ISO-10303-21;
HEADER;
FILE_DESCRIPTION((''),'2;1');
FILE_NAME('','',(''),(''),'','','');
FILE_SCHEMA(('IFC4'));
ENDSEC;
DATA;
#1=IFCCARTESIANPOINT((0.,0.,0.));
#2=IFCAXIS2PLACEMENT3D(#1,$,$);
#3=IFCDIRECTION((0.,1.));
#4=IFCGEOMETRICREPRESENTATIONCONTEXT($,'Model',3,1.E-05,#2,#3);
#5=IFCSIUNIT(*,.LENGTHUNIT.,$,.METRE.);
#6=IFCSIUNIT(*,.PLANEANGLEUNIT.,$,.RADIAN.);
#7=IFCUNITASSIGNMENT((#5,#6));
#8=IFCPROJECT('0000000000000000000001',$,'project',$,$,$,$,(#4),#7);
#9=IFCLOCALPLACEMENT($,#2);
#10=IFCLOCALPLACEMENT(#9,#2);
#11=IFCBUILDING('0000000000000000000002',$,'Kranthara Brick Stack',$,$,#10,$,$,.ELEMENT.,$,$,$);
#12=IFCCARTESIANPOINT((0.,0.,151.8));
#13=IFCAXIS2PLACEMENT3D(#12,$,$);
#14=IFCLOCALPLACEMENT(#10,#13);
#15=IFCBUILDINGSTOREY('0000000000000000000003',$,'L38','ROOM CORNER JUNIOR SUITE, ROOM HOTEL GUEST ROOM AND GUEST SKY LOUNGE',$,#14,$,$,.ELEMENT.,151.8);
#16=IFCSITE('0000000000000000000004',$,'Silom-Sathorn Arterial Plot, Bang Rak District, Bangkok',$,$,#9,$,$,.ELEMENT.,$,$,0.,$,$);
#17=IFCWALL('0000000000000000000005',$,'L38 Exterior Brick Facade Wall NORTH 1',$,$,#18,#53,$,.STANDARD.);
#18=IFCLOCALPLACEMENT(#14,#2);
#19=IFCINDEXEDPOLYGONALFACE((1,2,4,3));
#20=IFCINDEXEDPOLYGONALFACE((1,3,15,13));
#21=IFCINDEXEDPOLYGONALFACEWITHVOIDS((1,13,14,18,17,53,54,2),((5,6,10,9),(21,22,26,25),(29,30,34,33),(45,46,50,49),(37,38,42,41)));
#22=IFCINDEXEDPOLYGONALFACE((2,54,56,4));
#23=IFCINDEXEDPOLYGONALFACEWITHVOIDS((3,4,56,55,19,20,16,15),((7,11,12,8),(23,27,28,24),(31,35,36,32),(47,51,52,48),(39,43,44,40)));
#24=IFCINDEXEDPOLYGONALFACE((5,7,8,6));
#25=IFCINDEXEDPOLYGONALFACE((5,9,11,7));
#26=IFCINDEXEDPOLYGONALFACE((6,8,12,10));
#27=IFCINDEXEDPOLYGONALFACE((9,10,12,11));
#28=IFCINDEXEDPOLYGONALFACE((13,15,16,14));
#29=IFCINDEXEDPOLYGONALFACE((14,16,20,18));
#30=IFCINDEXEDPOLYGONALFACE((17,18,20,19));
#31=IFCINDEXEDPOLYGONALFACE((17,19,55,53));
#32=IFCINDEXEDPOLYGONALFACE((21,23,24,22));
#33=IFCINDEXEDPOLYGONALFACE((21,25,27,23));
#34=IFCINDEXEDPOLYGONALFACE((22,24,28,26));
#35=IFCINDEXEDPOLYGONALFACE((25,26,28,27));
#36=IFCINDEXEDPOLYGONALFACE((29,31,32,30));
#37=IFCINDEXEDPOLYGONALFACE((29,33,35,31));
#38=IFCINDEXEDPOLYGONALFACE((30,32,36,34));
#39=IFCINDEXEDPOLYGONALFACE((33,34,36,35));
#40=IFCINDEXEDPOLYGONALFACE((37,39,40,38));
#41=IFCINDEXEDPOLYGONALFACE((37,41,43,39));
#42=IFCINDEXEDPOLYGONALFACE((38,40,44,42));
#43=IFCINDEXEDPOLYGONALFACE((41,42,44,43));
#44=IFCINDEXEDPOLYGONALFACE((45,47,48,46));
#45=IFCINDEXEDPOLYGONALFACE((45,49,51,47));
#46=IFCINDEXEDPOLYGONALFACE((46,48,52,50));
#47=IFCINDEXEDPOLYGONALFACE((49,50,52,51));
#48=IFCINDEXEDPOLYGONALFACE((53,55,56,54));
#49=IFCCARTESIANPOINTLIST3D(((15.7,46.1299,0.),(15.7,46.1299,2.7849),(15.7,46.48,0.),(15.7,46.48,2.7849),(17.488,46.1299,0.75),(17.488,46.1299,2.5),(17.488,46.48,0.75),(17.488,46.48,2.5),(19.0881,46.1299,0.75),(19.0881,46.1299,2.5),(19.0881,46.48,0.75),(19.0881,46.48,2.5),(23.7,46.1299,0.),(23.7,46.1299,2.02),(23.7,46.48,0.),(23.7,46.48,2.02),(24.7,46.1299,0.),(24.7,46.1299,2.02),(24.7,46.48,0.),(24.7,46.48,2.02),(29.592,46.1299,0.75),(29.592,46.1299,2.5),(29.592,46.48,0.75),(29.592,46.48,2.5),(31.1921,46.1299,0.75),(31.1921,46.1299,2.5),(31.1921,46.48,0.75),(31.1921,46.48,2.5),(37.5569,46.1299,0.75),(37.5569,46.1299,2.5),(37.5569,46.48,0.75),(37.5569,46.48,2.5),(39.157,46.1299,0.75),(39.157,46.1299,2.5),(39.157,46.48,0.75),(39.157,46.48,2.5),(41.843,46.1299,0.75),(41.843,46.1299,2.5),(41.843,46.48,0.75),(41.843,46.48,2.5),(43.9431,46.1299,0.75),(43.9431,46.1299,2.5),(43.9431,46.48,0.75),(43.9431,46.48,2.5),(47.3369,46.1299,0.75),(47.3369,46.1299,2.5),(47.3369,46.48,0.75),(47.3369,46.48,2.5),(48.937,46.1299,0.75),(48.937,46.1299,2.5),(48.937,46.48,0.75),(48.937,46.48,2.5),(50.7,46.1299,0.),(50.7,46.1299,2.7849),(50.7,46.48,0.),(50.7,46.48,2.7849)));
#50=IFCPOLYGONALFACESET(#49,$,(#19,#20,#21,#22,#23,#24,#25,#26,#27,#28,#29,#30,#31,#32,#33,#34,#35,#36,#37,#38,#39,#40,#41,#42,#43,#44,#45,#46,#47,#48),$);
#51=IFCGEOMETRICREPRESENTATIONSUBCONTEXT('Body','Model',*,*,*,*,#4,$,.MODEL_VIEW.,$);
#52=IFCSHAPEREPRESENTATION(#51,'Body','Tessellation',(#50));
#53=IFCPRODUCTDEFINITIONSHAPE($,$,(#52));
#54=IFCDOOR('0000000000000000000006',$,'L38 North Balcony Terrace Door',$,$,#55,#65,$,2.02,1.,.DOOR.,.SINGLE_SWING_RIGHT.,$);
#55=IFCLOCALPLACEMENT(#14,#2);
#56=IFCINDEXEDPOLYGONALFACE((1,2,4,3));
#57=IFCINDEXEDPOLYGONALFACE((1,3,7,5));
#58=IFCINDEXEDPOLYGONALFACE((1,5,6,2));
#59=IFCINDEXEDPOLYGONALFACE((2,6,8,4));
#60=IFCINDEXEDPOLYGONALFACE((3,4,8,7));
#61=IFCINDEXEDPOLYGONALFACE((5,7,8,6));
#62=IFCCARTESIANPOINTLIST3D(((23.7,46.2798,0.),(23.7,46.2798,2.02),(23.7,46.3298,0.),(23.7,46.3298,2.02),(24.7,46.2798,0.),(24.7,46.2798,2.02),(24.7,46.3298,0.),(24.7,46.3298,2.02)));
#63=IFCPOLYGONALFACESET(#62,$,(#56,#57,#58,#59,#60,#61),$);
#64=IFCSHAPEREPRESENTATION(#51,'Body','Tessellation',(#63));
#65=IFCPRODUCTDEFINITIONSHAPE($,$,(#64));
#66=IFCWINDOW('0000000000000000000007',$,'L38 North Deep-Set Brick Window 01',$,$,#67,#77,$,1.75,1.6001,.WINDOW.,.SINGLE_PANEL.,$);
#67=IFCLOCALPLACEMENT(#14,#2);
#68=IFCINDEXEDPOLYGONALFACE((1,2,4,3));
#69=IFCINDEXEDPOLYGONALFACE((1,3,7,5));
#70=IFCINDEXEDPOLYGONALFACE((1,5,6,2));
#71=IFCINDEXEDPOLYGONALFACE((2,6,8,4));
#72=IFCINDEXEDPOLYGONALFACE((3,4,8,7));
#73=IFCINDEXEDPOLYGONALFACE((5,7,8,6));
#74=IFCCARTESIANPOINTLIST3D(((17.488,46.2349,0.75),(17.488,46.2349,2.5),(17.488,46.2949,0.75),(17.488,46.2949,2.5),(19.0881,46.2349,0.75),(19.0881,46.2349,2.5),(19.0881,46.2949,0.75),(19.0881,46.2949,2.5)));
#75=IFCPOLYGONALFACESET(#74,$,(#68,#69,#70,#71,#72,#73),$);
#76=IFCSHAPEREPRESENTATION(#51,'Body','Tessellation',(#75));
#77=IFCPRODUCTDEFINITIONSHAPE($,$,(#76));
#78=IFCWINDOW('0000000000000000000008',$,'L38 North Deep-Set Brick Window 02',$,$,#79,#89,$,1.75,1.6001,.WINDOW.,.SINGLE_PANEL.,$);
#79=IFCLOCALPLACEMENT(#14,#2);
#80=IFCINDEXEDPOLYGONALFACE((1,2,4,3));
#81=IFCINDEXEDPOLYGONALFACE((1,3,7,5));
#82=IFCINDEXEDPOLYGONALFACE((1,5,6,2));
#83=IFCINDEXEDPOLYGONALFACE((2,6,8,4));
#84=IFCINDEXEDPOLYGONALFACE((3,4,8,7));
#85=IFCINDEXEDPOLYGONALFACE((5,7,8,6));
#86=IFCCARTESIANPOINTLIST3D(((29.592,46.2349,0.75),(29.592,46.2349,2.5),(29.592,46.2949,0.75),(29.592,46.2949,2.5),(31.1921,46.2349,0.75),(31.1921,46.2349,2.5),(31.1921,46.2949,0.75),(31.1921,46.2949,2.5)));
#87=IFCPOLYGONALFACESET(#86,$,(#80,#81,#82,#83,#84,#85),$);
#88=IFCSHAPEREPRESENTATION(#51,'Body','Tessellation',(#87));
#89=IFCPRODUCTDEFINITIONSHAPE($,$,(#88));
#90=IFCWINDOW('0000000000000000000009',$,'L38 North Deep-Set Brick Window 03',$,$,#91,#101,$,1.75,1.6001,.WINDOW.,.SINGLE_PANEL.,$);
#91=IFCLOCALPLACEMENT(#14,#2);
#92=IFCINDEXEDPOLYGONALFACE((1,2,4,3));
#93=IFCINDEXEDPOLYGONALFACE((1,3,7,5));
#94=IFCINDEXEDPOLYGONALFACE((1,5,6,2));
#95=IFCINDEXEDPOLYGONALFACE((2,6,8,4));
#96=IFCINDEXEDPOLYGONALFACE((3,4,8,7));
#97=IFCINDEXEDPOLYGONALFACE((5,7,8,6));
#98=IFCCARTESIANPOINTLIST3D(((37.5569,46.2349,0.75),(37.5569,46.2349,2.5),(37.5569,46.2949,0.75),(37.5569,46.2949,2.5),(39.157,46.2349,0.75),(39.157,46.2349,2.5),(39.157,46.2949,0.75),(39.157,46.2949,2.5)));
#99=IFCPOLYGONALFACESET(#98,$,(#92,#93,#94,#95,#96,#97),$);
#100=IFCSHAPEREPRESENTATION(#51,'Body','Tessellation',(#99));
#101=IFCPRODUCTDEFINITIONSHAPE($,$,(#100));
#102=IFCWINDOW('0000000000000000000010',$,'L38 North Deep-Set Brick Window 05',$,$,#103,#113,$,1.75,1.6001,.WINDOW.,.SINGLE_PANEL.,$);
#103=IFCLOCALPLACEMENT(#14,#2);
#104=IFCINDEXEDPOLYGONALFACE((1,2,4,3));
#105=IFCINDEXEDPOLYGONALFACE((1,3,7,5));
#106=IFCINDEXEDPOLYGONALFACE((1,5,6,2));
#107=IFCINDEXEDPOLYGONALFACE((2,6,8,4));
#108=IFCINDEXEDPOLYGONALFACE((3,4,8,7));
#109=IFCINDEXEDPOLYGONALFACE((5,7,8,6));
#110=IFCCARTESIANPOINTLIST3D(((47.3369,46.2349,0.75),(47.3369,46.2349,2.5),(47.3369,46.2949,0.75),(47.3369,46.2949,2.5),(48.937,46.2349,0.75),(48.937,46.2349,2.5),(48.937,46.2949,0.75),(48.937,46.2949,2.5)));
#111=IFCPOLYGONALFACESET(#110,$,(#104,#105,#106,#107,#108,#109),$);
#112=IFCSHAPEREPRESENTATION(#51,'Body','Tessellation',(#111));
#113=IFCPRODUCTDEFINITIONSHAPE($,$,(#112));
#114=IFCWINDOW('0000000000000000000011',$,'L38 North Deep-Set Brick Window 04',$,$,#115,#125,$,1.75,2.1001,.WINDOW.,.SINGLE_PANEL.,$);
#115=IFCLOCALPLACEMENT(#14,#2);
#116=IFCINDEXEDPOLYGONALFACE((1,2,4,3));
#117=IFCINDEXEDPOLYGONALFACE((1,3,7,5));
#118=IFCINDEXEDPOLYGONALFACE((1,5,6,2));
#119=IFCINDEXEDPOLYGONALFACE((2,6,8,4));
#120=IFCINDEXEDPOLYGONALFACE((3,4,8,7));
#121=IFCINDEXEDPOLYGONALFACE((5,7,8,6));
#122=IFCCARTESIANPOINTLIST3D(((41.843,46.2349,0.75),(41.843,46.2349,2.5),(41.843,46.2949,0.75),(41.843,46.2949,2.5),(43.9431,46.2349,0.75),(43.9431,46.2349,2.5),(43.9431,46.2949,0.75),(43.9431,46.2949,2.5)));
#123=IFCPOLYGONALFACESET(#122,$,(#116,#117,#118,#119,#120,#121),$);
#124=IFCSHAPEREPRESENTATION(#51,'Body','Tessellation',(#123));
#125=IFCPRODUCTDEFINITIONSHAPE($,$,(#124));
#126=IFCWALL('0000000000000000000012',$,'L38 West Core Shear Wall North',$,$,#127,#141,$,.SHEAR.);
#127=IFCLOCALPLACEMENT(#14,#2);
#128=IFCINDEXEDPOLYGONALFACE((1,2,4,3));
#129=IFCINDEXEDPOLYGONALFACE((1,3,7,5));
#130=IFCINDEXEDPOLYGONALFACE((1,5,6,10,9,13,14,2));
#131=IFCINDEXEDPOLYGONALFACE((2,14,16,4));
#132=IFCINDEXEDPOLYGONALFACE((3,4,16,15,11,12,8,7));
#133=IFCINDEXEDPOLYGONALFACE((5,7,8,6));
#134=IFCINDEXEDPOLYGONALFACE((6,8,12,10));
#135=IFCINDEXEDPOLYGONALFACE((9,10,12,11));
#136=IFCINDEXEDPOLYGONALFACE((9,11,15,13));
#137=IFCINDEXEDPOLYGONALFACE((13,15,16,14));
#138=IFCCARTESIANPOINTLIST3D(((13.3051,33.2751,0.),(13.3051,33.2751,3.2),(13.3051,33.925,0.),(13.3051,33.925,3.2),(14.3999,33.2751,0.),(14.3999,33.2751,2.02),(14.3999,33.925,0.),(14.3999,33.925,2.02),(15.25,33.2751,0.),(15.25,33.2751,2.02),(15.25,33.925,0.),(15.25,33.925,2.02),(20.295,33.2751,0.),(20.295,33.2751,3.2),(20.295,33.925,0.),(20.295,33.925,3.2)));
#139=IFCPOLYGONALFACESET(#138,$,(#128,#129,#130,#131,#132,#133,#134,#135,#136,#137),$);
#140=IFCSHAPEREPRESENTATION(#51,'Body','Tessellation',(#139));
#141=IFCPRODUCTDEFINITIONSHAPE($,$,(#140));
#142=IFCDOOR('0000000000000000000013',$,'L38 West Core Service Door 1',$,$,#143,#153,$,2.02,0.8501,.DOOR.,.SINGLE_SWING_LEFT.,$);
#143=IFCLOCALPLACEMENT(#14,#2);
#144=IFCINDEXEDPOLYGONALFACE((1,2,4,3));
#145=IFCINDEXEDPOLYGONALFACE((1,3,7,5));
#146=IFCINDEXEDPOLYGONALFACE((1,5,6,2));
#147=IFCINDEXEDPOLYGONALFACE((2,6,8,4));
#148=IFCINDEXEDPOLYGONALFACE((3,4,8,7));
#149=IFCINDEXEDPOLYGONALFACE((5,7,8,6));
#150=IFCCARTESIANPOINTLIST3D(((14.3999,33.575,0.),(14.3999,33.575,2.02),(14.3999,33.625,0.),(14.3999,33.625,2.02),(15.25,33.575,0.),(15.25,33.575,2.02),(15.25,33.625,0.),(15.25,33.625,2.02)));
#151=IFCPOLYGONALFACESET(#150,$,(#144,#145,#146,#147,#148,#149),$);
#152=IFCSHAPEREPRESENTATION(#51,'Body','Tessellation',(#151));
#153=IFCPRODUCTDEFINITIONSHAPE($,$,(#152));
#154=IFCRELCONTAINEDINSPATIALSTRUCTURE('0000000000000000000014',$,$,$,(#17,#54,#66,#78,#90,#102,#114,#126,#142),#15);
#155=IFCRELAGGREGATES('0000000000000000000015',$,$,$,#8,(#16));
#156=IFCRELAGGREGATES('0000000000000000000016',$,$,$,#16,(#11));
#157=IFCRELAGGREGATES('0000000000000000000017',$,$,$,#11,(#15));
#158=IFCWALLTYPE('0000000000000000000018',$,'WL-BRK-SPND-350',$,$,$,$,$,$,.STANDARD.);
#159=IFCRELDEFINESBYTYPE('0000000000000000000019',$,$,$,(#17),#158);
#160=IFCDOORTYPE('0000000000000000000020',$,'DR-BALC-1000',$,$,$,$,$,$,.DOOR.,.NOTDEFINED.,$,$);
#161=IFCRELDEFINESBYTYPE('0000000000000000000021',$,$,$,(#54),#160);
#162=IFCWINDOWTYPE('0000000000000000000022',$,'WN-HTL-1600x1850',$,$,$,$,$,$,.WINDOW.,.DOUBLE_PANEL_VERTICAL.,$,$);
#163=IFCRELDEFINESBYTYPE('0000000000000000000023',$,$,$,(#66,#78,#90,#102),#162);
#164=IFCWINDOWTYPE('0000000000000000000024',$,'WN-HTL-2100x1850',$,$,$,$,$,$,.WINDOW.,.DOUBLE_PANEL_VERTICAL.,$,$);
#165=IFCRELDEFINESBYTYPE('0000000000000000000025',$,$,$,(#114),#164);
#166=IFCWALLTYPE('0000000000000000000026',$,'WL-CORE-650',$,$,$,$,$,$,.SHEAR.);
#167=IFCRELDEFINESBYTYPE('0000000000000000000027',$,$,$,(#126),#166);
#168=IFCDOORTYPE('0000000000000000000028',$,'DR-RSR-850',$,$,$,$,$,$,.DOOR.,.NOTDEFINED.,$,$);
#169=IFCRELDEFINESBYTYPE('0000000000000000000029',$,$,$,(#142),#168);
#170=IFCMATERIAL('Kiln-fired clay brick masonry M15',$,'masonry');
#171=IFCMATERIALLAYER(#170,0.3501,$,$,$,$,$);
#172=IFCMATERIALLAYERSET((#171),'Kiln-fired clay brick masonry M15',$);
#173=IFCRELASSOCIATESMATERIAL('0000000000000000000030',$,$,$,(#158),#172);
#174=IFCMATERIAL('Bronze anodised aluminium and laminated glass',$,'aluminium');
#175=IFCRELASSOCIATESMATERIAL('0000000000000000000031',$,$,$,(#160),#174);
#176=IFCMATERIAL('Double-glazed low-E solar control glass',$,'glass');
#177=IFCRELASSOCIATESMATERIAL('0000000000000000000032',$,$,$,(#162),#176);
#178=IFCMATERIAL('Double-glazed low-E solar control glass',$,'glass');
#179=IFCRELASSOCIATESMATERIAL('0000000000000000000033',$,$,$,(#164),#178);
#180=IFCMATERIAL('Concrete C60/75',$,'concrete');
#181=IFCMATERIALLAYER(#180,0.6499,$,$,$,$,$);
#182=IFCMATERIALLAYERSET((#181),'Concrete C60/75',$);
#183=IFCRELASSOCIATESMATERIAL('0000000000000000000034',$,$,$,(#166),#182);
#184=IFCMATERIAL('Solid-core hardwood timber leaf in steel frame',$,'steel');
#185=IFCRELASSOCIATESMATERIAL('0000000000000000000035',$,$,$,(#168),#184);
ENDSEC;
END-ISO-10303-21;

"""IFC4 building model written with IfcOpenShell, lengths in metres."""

from ifc_helpers import new_model, si_unit, direction, frame, frame_2d, origin, place, context, subcontext, project, spatial, rectangle, extrude, material, layer, layer_set, type_object, element, fill, save


model = new_model("IFC4")

# Units and contexts
model_context = context("Model", 3, precision=1e-05, world=origin(), true_north=direction((0.0, 1.0)))
body_context = subcontext(model_context, "Body", "Model", "MODEL_VIEW")
ifc_project = project(units=[si_unit("LENGTHUNIT", "METRE"), si_unit("PLANEANGLEUNIT", "RADIAN")], contexts=[model_context])

# Site, building, storey
site_placement = place(None, origin())
site = spatial("IfcSite", under=ifc_project, at=site_placement, Name="Silom-Sathorn Arterial Plot, Bang Rak District, Bangkok", CompositionType="ELEMENT", RefElevation=0.0)
building_placement = place(site_placement, origin())
building = spatial("IfcBuilding", under=site, at=building_placement, Name="Kranthara Brick Stack", CompositionType="ELEMENT")
storey_placement = place(building_placement, frame((0.0, 0.0, 151.8)))
storey = spatial("IfcBuildingStorey", under=building, at=storey_placement, Name="L38", Description="ROOM CORNER JUNIOR SUITE, ROOM HOTEL GUEST ROOM AND GUEST SKY LOUNGE", CompositionType="ELEMENT", Elevation=151.8)

# Shared definitions
ifc_material_1 = material(Name="Kiln-fired clay brick masonry M15", Category="masonry")
ifc_layer_1 = layer(ifc_material_1, 0.3501)
ifc_layer_set_1 = layer_set([ifc_layer_1], Name="Kiln-fired clay brick masonry M15")
wall_type_1 = type_object("IfcWallType", Name="WL-BRK-SPND-350", PredefinedType="STANDARD", material=ifc_layer_set_1)

# Wall, openings, door, windows
wall_1_placement = place(storey_placement, frame((15.7, 46.3049, 0.0), z_axis=(0.0, 0.0, 1.0), x_axis=(1.0, 0.0, 0.0)))
wall_1 = element("IfcWall", 1, at=wall_1_placement, inside=storey, type_object=wall_type_1, Name="L38 Exterior Brick Facade Wall NORTH 1", PredefinedType="STANDARD", context=body_context, shape_type="SweptSolid", body=[
    extrude(rectangle(XDim=35.0, YDim=0.3501, at=frame_2d((17.5, 0.0))), origin(), (0.0, 0.0, 1.0), 2.7849),
])
opening_1_placement = place(wall_1_placement, frame((8.0, 0.0, 0.0)))
opening_1 = element("IfcOpeningElement", 2, at=opening_1_placement, cuts=wall_1, PredefinedType="OPENING", context=body_context, shape_type="SweptSolid", body=[
    extrude(rectangle(XDim=1.0, YDim=2.02, at=frame_2d((0.5, 1.01))), frame((0.0, 0.1851, 0.0), z_axis=(0.0, -1.0, 0.0), x_axis=(1.0, 0.0, 0.0)), (0.0, 0.0, 1.0), 0.3701),
])
opening_2_placement = place(wall_1_placement, frame((1.7881, 0.0, 0.75)))
opening_2 = element("IfcOpeningElement", 3, at=opening_2_placement, cuts=wall_1, PredefinedType="OPENING", context=body_context, shape_type="SweptSolid", body=[
    extrude(rectangle(XDim=1.6001, YDim=1.75, at=frame_2d((0.8, 0.875))), frame((0.0, 0.1851, 0.0), z_axis=(0.0, -1.0, 0.0), x_axis=(1.0, 0.0, 0.0)), (0.0, 0.0, 1.0), 0.3701),
])
opening_3_placement = place(wall_1_placement, frame((13.8921, 0.0, 0.75)))
opening_3 = element("IfcOpeningElement", 4, at=opening_3_placement, cuts=wall_1, PredefinedType="OPENING", context=body_context, shape_type="SweptSolid", body=[
    extrude(rectangle(XDim=1.6001, YDim=1.75, at=frame_2d((0.8, 0.875))), frame((0.0, 0.1851, 0.0), z_axis=(0.0, -1.0, 0.0), x_axis=(1.0, 0.0, 0.0)), (0.0, 0.0, 1.0), 0.3701),
])
opening_4_placement = place(wall_1_placement, frame((21.8569, 0.0, 0.75)))
opening_4 = element("IfcOpeningElement", 5, at=opening_4_placement, cuts=wall_1, PredefinedType="OPENING", context=body_context, shape_type="SweptSolid", body=[
    extrude(rectangle(XDim=1.6001, YDim=1.75, at=frame_2d((0.8, 0.875))), frame((0.0, 0.1851, 0.0), z_axis=(0.0, -1.0, 0.0), x_axis=(1.0, 0.0, 0.0)), (0.0, 0.0, 1.0), 0.3701),
])
opening_5_placement = place(wall_1_placement, frame((26.1431, 0.0, 0.75)))
opening_5 = element("IfcOpeningElement", 6, at=opening_5_placement, cuts=wall_1, PredefinedType="OPENING", context=body_context, shape_type="SweptSolid", body=[
    extrude(rectangle(XDim=2.1001, YDim=1.75, at=frame_2d((1.05, 0.875))), frame((0.0, 0.1851, 0.0), z_axis=(0.0, -1.0, 0.0), x_axis=(1.0, 0.0, 0.0)), (0.0, 0.0, 1.0), 0.3701),
])
opening_6_placement = place(wall_1_placement, frame((31.637, 0.0, 0.75)))
opening_6 = element("IfcOpeningElement", 7, at=opening_6_placement, cuts=wall_1, PredefinedType="OPENING", context=body_context, shape_type="SweptSolid", body=[
    extrude(rectangle(XDim=1.6001, YDim=1.75, at=frame_2d((0.8, 0.875))), frame((0.0, 0.1851, 0.0), z_axis=(0.0, -1.0, 0.0), x_axis=(1.0, 0.0, 0.0)), (0.0, 0.0, 1.0), 0.3701),
])
ifc_material_2 = material(Name="Bronze anodised aluminium and laminated glass", Category="aluminium")
door_type_1 = type_object("IfcDoorType", Name="DR-BALC-1000", OperationType="NOTDEFINED", PredefinedType="DOOR", material=ifc_material_2)
door_1_placement = place(opening_1_placement, origin())
door_1 = element("IfcDoor", 8, at=door_1_placement, inside=storey, type_object=door_type_1, Name="L38 North Balcony Terrace Door", OperationType="SINGLE_SWING_RIGHT", OverallHeight=2.02, OverallWidth=1.0, PredefinedType="DOOR", context=body_context, shape_type="SweptSolid", body=[
    extrude(rectangle(XDim=1.0, YDim=2.02, at=frame_2d((0.5, 1.01))), frame((0.0, 0.0249, 0.0), z_axis=(0.0, -1.0, 0.0), x_axis=(1.0, 0.0, 0.0)), (0.0, 0.0, 1.0), 0.05),
])
fill(opening_1, door_1)
ifc_material_3 = material(Name="Double-glazed low-E solar control glass", Category="glass")
window_type_1 = type_object("IfcWindowType", Name="WN-HTL-1600x1850", PartitioningType="DOUBLE_PANEL_VERTICAL", PredefinedType="WINDOW", material=ifc_material_3)
window_1_placement = place(opening_2_placement, origin())
window_1 = element("IfcWindow", 9, at=window_1_placement, inside=storey, type_object=window_type_1, Name="L38 North Deep-Set Brick Window 01", OverallHeight=1.75, OverallWidth=1.6001, PartitioningType="SINGLE_PANEL", PredefinedType="WINDOW", context=body_context, shape_type="SweptSolid", body=[
    extrude(rectangle(XDim=1.6001, YDim=1.75, at=frame_2d((0.8, 0.875))), frame((0.0, -0.01, 0.0), z_axis=(0.0, -1.0, 0.0), x_axis=(1.0, 0.0, 0.0)), (0.0, 0.0, 1.0), 0.0601),
])
fill(opening_2, window_1)
window_2_placement = place(opening_3_placement, origin())
window_2 = element("IfcWindow", 10, at=window_2_placement, inside=storey, type_object=window_type_1, Name="L38 North Deep-Set Brick Window 02", OverallHeight=1.75, OverallWidth=1.6001, PartitioningType="SINGLE_PANEL", PredefinedType="WINDOW", context=body_context, shape_type="SweptSolid", body=[
    extrude(rectangle(XDim=1.6001, YDim=1.75, at=frame_2d((0.8, 0.875))), frame((0.0, -0.01, 0.0), z_axis=(0.0, -1.0, 0.0), x_axis=(1.0, 0.0, 0.0)), (0.0, 0.0, 1.0), 0.0601),
])
fill(opening_3, window_2)
window_3_placement = place(opening_4_placement, origin())
window_3 = element("IfcWindow", 11, at=window_3_placement, inside=storey, type_object=window_type_1, Name="L38 North Deep-Set Brick Window 03", OverallHeight=1.75, OverallWidth=1.6001, PartitioningType="SINGLE_PANEL", PredefinedType="WINDOW", context=body_context, shape_type="SweptSolid", body=[
    extrude(rectangle(XDim=1.6001, YDim=1.75, at=frame_2d((0.8, 0.875))), frame((0.0, -0.01, 0.0), z_axis=(0.0, -1.0, 0.0), x_axis=(1.0, 0.0, 0.0)), (0.0, 0.0, 1.0), 0.0601),
])
fill(opening_4, window_3)
window_4_placement = place(opening_6_placement, origin())
window_4 = element("IfcWindow", 12, at=window_4_placement, inside=storey, type_object=window_type_1, Name="L38 North Deep-Set Brick Window 05", OverallHeight=1.75, OverallWidth=1.6001, PartitioningType="SINGLE_PANEL", PredefinedType="WINDOW", context=body_context, shape_type="SweptSolid", body=[
    extrude(rectangle(XDim=1.6001, YDim=1.75, at=frame_2d((0.8, 0.875))), frame((0.0, -0.01, 0.0), z_axis=(0.0, -1.0, 0.0), x_axis=(1.0, 0.0, 0.0)), (0.0, 0.0, 1.0), 0.0601),
])
fill(opening_6, window_4)
ifc_material_4 = material(Name="Double-glazed low-E solar control glass", Category="glass")
window_type_2 = type_object("IfcWindowType", Name="WN-HTL-2100x1850", PartitioningType="DOUBLE_PANEL_VERTICAL", PredefinedType="WINDOW", material=ifc_material_4)
window_5_placement = place(opening_5_placement, origin())
window_5 = element("IfcWindow", 13, at=window_5_placement, inside=storey, type_object=window_type_2, Name="L38 North Deep-Set Brick Window 04", OverallHeight=1.75, OverallWidth=2.1001, PartitioningType="SINGLE_PANEL", PredefinedType="WINDOW", context=body_context, shape_type="SweptSolid", body=[
    extrude(rectangle(XDim=2.1001, YDim=1.75, at=frame_2d((1.05, 0.875))), frame((0.0, -0.01, 0.0), z_axis=(0.0, -1.0, 0.0), x_axis=(1.0, 0.0, 0.0)), (0.0, 0.0, 1.0), 0.0601),
])
fill(opening_5, window_5)

# Wall, opening, door
ifc_material_5 = material(Name="Concrete C60/75", Category="concrete")
ifc_layer_2 = layer(ifc_material_5, 0.6499)
ifc_layer_set_2 = layer_set([ifc_layer_2], Name="Concrete C60/75")
wall_type_2 = type_object("IfcWallType", Name="WL-CORE-650", PredefinedType="SHEAR", material=ifc_layer_set_2)
wall_2_placement = place(storey_placement, frame((13.3049, 33.6001, 0.0), z_axis=(0.0, 0.0, 1.0), x_axis=(1.0, 0.0, 0.0)))
wall_2 = element("IfcWall", 14, at=wall_2_placement, inside=storey, type_object=wall_type_2, Name="L38 West Core Shear Wall North", PredefinedType="SHEAR", context=body_context, shape_type="SweptSolid", body=[
    extrude(rectangle(XDim=6.99, YDim=0.6499, at=frame_2d((3.4951, 0.0))), origin(), (0.0, 0.0, 1.0), 3.2),
])
opening_7_placement = place(wall_2_placement, frame((1.095, 0.0, 0.0)))
opening_7 = element("IfcOpeningElement", 15, at=opening_7_placement, cuts=wall_2, PredefinedType="OPENING", context=body_context, shape_type="SweptSolid", body=[
    extrude(rectangle(XDim=0.8501, YDim=2.02, at=frame_2d((0.425, 1.01))), frame((0.0, 0.335, 0.0), z_axis=(0.0, -1.0, 0.0), x_axis=(1.0, 0.0, 0.0)), (0.0, 0.0, 1.0), 0.6699),
])
ifc_material_6 = material(Name="Solid-core hardwood timber leaf in steel frame", Category="steel")
door_type_2 = type_object("IfcDoorType", Name="DR-RSR-850", OperationType="NOTDEFINED", PredefinedType="DOOR", material=ifc_material_6)
door_2_placement = place(opening_7_placement, origin())
door_2 = element("IfcDoor", 16, at=door_2_placement, inside=storey, type_object=door_type_2, Name="L38 West Core Service Door 1", OperationType="SINGLE_SWING_LEFT", OverallHeight=2.02, OverallWidth=0.8501, PredefinedType="DOOR", context=body_context, shape_type="SweptSolid", body=[
    extrude(rectangle(XDim=0.8501, YDim=2.02, at=frame_2d((0.425, 1.01))), frame((0.0, 0.0249, 0.0), z_axis=(0.0, -1.0, 0.0), x_axis=(1.0, 0.0, 0.0)), (0.0, 0.0, 1.0), 0.05),
])
fill(opening_7, door_2)

save(model, "model.ifc")
